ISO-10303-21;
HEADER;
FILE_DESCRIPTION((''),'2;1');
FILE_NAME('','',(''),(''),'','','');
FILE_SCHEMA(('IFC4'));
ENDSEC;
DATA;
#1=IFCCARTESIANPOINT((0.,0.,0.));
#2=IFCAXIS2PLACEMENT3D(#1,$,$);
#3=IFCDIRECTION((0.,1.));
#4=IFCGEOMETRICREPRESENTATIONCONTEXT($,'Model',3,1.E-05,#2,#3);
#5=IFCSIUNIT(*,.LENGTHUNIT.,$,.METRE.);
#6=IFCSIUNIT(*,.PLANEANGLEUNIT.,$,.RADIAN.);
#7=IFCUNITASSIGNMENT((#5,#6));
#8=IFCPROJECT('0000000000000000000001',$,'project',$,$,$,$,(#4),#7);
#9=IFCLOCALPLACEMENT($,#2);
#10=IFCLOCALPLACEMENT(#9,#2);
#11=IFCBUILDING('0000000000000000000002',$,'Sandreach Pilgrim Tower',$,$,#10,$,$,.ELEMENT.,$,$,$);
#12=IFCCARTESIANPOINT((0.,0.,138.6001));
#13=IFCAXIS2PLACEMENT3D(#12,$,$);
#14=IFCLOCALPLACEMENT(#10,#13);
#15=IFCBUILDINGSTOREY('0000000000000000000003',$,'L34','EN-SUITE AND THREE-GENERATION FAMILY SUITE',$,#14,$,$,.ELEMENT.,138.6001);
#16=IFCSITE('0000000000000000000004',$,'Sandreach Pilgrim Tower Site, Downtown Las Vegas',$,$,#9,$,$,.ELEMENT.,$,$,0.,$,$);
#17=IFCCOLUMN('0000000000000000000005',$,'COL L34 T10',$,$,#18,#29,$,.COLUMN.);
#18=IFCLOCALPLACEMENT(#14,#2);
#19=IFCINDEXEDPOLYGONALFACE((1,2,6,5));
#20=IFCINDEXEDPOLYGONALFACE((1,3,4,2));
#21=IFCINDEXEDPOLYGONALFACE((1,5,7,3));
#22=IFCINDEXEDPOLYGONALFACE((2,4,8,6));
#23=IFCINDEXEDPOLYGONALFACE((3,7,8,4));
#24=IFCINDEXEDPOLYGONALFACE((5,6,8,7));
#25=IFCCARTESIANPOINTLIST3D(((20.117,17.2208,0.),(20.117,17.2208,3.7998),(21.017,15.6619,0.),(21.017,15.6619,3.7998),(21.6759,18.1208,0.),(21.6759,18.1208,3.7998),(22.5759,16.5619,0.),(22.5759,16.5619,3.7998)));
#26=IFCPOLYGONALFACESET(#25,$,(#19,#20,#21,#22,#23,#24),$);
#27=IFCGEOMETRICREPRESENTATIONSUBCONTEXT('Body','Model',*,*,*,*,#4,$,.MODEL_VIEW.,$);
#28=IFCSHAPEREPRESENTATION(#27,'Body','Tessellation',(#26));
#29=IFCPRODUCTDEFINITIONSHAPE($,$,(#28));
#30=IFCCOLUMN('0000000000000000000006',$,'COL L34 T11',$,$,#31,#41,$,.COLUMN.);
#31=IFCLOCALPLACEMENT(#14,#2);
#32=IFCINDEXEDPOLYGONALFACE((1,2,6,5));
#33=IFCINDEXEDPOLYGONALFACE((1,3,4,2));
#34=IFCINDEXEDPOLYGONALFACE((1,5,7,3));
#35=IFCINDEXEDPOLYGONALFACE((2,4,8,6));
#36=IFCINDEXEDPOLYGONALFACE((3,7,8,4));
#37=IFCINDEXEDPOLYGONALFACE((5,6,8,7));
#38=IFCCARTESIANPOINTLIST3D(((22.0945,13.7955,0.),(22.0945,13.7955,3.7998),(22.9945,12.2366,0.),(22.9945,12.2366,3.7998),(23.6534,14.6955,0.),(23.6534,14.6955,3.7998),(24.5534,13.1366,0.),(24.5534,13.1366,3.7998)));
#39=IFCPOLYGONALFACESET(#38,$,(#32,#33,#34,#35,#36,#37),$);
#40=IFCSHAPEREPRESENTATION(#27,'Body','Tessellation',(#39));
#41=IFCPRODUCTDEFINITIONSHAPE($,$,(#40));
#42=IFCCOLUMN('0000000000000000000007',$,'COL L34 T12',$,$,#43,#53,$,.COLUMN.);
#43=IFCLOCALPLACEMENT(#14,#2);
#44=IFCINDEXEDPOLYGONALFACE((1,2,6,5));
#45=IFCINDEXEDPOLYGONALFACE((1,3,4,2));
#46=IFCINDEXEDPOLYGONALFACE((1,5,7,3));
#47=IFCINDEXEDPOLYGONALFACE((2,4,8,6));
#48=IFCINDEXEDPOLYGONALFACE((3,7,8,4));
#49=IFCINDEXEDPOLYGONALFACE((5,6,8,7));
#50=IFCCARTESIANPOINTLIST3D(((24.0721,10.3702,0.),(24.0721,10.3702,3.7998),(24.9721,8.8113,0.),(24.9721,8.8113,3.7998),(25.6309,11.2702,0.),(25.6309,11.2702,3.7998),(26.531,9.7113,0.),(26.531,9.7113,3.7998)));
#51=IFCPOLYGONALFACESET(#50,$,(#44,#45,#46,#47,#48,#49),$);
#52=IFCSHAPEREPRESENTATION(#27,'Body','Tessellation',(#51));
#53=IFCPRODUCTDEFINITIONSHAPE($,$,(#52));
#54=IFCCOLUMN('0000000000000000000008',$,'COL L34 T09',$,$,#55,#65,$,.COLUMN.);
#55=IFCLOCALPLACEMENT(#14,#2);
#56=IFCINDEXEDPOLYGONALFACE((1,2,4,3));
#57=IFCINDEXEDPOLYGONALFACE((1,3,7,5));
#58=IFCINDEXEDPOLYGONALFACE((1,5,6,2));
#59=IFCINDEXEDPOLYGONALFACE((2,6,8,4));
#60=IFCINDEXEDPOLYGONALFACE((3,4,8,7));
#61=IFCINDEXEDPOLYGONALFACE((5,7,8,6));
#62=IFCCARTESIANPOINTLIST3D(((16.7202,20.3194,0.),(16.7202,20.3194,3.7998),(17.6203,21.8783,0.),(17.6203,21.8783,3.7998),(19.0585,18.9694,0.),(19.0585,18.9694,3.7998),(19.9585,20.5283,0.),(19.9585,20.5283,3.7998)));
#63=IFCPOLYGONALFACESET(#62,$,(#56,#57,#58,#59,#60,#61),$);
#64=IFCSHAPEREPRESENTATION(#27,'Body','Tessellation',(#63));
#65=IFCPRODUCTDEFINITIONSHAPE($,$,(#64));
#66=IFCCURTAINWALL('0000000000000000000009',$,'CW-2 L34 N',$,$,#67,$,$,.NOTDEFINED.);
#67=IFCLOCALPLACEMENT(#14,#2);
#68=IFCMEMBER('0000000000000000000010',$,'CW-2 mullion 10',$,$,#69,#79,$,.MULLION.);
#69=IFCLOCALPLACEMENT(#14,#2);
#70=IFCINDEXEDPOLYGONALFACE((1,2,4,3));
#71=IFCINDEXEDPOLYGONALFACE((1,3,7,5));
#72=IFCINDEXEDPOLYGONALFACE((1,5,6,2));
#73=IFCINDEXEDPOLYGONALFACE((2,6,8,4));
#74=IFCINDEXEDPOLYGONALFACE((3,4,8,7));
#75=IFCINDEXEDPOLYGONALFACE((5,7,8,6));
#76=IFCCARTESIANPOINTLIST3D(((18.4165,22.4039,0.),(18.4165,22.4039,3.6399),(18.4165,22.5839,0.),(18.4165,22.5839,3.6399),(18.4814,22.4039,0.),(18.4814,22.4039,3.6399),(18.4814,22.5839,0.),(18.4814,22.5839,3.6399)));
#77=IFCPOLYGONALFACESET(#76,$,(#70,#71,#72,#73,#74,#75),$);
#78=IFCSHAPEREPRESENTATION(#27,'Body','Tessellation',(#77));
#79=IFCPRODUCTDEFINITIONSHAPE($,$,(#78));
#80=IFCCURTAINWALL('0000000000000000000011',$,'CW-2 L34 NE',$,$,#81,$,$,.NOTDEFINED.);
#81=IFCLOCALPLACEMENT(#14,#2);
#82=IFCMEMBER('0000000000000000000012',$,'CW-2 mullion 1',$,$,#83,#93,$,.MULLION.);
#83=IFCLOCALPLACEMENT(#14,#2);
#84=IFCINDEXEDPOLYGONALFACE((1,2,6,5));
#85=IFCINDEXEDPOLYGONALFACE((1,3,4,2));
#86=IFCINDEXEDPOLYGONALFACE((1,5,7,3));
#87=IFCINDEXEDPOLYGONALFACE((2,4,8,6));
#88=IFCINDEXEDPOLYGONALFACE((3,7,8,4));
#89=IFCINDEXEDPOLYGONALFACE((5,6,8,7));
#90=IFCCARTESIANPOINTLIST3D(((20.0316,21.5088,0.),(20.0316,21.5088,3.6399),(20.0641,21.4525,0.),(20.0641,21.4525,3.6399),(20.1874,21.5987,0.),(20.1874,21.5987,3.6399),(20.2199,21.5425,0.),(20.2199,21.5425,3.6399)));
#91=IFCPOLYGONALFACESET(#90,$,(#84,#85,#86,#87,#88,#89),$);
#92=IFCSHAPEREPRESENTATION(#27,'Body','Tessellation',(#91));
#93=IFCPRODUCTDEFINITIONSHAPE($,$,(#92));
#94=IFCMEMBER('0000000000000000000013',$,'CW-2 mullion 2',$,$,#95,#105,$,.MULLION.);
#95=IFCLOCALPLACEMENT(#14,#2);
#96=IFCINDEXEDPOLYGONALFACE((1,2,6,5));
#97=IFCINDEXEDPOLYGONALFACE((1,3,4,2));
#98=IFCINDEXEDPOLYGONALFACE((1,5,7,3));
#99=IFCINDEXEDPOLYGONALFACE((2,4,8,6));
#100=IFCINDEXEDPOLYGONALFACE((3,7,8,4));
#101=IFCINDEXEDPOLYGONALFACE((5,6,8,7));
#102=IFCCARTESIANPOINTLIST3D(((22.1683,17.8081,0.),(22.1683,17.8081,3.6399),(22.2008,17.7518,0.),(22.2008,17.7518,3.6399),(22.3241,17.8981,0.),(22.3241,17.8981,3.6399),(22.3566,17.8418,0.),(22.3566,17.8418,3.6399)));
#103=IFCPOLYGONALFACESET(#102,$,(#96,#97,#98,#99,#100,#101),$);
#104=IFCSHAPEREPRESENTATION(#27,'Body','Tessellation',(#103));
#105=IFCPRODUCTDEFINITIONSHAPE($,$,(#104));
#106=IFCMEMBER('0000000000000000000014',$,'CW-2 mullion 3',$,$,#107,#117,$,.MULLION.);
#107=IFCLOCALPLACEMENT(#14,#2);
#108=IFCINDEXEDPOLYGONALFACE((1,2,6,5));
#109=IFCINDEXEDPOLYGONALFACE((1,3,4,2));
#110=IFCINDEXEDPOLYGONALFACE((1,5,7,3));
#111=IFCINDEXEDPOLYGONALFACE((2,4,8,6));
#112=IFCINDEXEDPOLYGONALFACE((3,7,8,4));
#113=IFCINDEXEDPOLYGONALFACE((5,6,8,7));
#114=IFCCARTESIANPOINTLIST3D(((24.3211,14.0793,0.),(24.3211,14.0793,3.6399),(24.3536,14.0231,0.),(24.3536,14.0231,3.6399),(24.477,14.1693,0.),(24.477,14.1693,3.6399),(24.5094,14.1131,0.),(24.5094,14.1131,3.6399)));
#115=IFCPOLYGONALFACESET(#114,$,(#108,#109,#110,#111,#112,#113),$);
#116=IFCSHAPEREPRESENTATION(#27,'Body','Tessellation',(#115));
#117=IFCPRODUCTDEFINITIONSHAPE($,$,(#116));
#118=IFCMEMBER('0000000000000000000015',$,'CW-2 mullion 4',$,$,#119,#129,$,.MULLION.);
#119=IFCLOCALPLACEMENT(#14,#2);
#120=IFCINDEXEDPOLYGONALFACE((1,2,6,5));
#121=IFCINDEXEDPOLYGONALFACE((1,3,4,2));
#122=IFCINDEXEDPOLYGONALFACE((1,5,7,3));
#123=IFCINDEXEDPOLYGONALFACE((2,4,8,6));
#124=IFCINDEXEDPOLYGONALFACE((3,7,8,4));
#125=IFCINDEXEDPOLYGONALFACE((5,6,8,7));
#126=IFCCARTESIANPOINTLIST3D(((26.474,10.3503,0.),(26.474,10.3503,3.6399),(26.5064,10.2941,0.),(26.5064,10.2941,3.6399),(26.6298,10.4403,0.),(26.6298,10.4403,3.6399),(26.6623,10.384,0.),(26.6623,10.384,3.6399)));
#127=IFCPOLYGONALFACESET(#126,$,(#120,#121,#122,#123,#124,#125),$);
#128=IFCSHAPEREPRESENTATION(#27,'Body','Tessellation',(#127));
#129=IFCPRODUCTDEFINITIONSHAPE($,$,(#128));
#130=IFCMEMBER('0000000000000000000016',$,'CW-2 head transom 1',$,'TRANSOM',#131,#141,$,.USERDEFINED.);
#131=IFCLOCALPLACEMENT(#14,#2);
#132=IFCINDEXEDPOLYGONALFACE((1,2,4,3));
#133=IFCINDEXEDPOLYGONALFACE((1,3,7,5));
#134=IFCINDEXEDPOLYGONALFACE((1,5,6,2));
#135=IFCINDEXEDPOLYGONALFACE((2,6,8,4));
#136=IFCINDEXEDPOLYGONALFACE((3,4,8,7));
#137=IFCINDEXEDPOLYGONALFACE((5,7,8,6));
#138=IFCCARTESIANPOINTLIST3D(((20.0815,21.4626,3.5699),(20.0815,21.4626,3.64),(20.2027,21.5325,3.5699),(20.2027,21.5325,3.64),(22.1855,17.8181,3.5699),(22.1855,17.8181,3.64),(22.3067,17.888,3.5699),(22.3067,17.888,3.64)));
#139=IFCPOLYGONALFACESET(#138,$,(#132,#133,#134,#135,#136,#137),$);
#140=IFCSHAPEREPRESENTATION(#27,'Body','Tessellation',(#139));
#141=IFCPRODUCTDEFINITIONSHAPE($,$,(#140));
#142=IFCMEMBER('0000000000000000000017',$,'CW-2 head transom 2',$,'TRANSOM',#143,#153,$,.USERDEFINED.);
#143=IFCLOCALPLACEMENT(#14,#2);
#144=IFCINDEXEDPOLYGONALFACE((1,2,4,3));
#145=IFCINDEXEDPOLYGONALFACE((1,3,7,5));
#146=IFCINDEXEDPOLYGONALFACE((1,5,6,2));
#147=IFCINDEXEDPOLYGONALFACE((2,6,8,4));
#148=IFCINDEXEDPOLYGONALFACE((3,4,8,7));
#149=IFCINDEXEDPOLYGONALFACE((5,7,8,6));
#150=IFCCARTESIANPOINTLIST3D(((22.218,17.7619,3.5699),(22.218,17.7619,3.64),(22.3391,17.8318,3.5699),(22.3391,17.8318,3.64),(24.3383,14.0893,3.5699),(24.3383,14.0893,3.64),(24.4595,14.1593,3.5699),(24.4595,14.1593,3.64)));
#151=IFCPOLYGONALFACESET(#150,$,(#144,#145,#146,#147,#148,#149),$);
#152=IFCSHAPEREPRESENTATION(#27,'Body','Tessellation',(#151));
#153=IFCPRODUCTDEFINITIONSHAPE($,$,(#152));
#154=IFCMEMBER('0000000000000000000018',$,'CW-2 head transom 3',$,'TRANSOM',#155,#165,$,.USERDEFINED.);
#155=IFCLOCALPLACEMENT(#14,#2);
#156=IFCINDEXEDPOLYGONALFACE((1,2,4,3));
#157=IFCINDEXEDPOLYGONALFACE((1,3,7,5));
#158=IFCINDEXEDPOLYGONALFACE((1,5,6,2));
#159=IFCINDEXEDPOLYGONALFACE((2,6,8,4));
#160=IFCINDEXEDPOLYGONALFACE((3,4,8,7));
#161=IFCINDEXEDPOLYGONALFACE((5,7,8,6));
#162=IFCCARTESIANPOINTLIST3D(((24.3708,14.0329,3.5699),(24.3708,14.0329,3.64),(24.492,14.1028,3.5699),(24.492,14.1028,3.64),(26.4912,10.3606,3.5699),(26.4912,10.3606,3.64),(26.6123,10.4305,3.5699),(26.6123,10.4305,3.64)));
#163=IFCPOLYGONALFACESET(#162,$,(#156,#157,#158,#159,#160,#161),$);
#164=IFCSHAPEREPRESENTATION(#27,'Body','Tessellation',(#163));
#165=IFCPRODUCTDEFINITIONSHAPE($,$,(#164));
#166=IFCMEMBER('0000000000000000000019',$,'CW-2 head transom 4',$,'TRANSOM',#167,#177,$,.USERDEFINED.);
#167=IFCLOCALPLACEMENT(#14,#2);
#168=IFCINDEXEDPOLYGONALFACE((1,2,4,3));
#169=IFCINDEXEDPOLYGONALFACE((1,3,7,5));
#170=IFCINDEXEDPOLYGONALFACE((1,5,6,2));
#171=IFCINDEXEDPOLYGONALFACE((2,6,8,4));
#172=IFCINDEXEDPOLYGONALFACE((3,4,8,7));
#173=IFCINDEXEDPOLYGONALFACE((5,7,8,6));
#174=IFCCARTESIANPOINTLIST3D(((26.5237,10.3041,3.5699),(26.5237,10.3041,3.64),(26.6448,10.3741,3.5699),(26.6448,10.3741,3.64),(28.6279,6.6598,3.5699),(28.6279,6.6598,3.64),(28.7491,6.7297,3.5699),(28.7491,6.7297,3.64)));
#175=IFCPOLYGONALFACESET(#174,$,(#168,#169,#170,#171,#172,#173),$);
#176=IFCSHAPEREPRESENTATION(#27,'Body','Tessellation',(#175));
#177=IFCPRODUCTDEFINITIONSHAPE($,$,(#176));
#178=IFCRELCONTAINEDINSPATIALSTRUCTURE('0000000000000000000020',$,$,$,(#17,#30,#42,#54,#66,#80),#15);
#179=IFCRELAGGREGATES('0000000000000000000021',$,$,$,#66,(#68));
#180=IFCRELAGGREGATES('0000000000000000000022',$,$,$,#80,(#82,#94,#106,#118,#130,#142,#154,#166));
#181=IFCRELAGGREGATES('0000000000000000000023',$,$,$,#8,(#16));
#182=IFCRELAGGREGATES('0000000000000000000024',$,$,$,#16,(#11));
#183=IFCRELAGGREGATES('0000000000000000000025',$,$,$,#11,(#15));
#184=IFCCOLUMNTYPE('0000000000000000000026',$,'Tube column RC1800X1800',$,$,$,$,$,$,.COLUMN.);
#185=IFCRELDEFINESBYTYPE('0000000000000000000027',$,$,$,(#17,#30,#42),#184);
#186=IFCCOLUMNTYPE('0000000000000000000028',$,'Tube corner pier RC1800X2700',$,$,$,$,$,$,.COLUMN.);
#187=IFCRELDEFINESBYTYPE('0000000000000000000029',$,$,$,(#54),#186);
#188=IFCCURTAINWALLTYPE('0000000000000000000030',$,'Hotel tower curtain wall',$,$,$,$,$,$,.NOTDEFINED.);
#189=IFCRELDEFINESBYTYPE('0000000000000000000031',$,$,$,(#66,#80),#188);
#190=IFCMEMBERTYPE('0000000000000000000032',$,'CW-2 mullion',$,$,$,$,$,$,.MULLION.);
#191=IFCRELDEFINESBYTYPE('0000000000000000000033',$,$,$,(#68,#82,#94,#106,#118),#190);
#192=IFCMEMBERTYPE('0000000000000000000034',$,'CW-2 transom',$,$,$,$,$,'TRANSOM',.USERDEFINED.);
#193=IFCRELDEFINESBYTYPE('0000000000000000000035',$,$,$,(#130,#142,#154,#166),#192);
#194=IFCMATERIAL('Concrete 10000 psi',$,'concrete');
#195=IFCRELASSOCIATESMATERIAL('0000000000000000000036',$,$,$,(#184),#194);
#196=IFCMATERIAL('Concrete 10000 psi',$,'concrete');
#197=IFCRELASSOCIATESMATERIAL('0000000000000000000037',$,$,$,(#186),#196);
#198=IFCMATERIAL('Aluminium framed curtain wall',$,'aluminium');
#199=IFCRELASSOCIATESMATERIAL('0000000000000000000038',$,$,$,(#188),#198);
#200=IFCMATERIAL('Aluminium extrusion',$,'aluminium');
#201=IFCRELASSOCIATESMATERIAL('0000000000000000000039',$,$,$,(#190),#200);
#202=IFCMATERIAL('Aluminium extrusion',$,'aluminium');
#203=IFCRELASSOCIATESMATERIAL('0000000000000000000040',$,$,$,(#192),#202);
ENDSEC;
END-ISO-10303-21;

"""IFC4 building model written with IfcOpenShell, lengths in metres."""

from ifc_helpers import new_model, si_unit, direction, frame, origin, origin_2d, place, context, subcontext, project, spatial, rectangle, extrude, material, material_profile, profile_set, type_object, element, aggregate, save


model = new_model("IFC4")

# Units and contexts
model_context = context("Model", 3, precision=1e-05, world=origin(), true_north=direction((0.0, 1.0)))
body_context = subcontext(model_context, "Body", "Model", "MODEL_VIEW")
ifc_project = project(units=[si_unit("LENGTHUNIT", "METRE"), si_unit("PLANEANGLEUNIT", "RADIAN")], contexts=[model_context])

# Site, building, storey
site_placement = place(None, origin())
site = spatial("IfcSite", under=ifc_project, at=site_placement, Name="Sandreach Pilgrim Tower Site, Downtown Las Vegas", CompositionType="ELEMENT", RefElevation=0.0)
building_placement = place(site_placement, origin())
building = spatial("IfcBuilding", under=site, at=building_placement, Name="Sandreach Pilgrim Tower", CompositionType="ELEMENT")
storey_placement = place(building_placement, frame((0.0, 0.0, 138.6001)))
storey = spatial("IfcBuildingStorey", under=building, at=storey_placement, Name="L34", Description="EN-SUITE AND THREE-GENERATION FAMILY SUITE", CompositionType="ELEMENT", Elevation=138.6001)

# Columns
ifc_material_1 = material(Name="Concrete 10000 psi", Category="concrete")
ifc_material_profile_1 = material_profile(ifc_material_1, rectangle(XDim=1.8, YDim=1.8, at=origin_2d()), Name="RC1800X1800")
ifc_profile_set_1 = profile_set([ifc_material_profile_1], Name="Concrete 10000 psi")
column_type_1 = type_object("IfcColumnType", Name="Tube column RC1800X1800", PredefinedType="COLUMN", material=ifc_profile_set_1)
for number, where, z_axis, x_axis, name in (
    (1, (21.3464, 16.8914, 0.0), (0.0, 0.0, 1.0), (0.866025, 0.5, 0.0), "COL L34 T10"),
    (2, (23.324, 13.4661, 0.0), (0.0, 0.0, 1.0), (0.866025, 0.5, 0.0), "COL L34 T11"),
    (3, (25.3015, 10.0408, 0.0), (0.0, 0.0, 1.0), (0.866025, 0.5, 0.0), "COL L34 T12"),
):
    element("IfcColumn", number, at=place(storey_placement, frame(where, z_axis=z_axis, x_axis=x_axis)), inside=storey, type_object=column_type_1, Name=name, PredefinedType="COLUMN", context=body_context, shape_type="SweptSolid", body=[
        extrude(rectangle(XDim=1.8, YDim=1.8, at=origin_2d()), origin(), (0.0, 0.0, 1.0), 3.7998),
    ])
ifc_material_2 = material(Name="Concrete 10000 psi", Category="concrete")
ifc_material_profile_2 = material_profile(ifc_material_2, rectangle(XDim=1.8, YDim=2.7, at=origin_2d()), Name="RC1800X2700")
ifc_profile_set_2 = profile_set([ifc_material_profile_2], Name="Concrete 10000 psi")
column_type_2 = type_object("IfcColumnType", Name="Tube corner pier RC1800X2700", PredefinedType="COLUMN", material=ifc_profile_set_2)
column_placement = place(storey_placement, frame((18.3394, 20.4238, 0.0), z_axis=(0.0, 0.0, 1.0), x_axis=(0.5, 0.866025, 0.0)))
element("IfcColumn", 4, at=column_placement, inside=storey, type_object=column_type_2, Name="COL L34 T09", PredefinedType="COLUMN", context=body_context, shape_type="SweptSolid", body=[
    extrude(rectangle(XDim=1.8, YDim=2.7, at=origin_2d()), origin(), (0.0, 0.0, 1.0), 3.7998),
])

# Curtain wall, member
ifc_material_3 = material(Name="Aluminium framed curtain wall", Category="aluminium")
curtain_wall_type = type_object("IfcCurtainWallType", Name="Hotel tower curtain wall", PredefinedType="NOTDEFINED", material=ifc_material_3)
curtain_wall_1_placement = place(storey_placement, origin())
curtain_wall_1 = element("IfcCurtainWall", 5, at=curtain_wall_1_placement, inside=storey, type_object=curtain_wall_type, Name="CW-2 L34 N", PredefinedType="NOTDEFINED")
ifc_material_4 = material(Name="Aluminium extrusion", Category="aluminium")
ifc_material_profile_3 = material_profile(ifc_material_4, rectangle(XDim=0.0649, YDim=0.1799, at=origin_2d()), Name="CW-2M 65X180")
ifc_profile_set_3 = profile_set([ifc_material_profile_3], Name="Aluminium extrusion")
member_type_1 = type_object("IfcMemberType", Name="CW-2 mullion", PredefinedType="MULLION", material=ifc_profile_set_3)
member_1_placement = place(storey_placement, frame((18.449, 22.4939, 0.0), z_axis=(0.0, 0.0, 1.0), x_axis=(1.0, 0.0, 0.0)))
member_1 = element("IfcMember", 6, at=member_1_placement, type_object=member_type_1, Name="CW-2 mullion 10", PredefinedType="MULLION", context=body_context, shape_type="SweptSolid", body=[
    extrude(rectangle(XDim=0.0649, YDim=0.1799, at=origin_2d()), origin(), (0.0, 0.0, 1.0), 3.6399),
])
aggregate(curtain_wall_1, [member_1])

# Curtain wall, members
curtain_wall_2_placement = place(storey_placement, origin())
curtain_wall_2 = element("IfcCurtainWall", 7, at=curtain_wall_2_placement, inside=storey, type_object=curtain_wall_type, Name="CW-2 L34 NE", PredefinedType="NOTDEFINED")
member_2_placement = place(storey_placement, frame((20.1257, 21.5256, 0.0), z_axis=(0.0, 0.0, 1.0), x_axis=(0.5, -0.866025, 0.0)))
member_2 = element("IfcMember", 8, at=member_2_placement, type_object=member_type_1, Name="CW-2 mullion 1", PredefinedType="MULLION", context=body_context, shape_type="SweptSolid", body=[
    extrude(rectangle(XDim=0.0649, YDim=0.1799, at=origin_2d()), origin(), (0.0, 0.0, 1.0), 3.6399),
])
member_3_placement = place(storey_placement, frame((22.2625, 17.825, 0.0), z_axis=(0.0, 0.0, 1.0), x_axis=(0.5, -0.866025, 0.0)))
member_3 = element("IfcMember", 9, at=member_3_placement, type_object=member_type_1, Name="CW-2 mullion 2", PredefinedType="MULLION", context=body_context, shape_type="SweptSolid", body=[
    extrude(rectangle(XDim=0.0649, YDim=0.1799, at=origin_2d()), origin(), (0.0, 0.0, 1.0), 3.6399),
])
member_4_placement = place(storey_placement, frame((24.4153, 14.0962, 0.0), z_axis=(0.0, 0.0, 1.0), x_axis=(0.5, -0.866025, 0.0)))
member_4 = element("IfcMember", 10, at=member_4_placement, type_object=member_type_1, Name="CW-2 mullion 3", PredefinedType="MULLION", context=body_context, shape_type="SweptSolid", body=[
    extrude(rectangle(XDim=0.0649, YDim=0.1799, at=origin_2d()), origin(), (0.0, 0.0, 1.0), 3.6399),
])
member_5_placement = place(storey_placement, frame((26.5681, 10.3672, 0.0), z_axis=(0.0, 0.0, 1.0), x_axis=(0.5, -0.866025, 0.0)))
member_5 = element("IfcMember", 11, at=member_5_placement, type_object=member_type_1, Name="CW-2 mullion 4", PredefinedType="MULLION", context=body_context, shape_type="SweptSolid", body=[
    extrude(rectangle(XDim=0.0649, YDim=0.1799, at=origin_2d()), origin(), (0.0, 0.0, 1.0), 3.6399),
])
ifc_material_5 = material(Name="Aluminium extrusion", Category="aluminium")
ifc_material_profile_4 = material_profile(ifc_material_5, rectangle(XDim=0.1399, YDim=0.0701, at=origin_2d()), Name="CW-2T 140X70")
ifc_profile_set_4 = profile_set([ifc_material_profile_4], Name="Aluminium extrusion")
member_type_2 = type_object("IfcMemberType", Name="CW-2 transom", ElementType="TRANSOM", PredefinedType="USERDEFINED", material=ifc_profile_set_4)
member_6_placement = place(storey_placement, frame((20.1421, 21.4976, 3.605), z_axis=(0.49997, -0.866043, 0.0), x_axis=(0.866043, 0.49997, 0.0)))
member_6 = element("IfcMember", 12, at=member_6_placement, type_object=member_type_2, Name="CW-2 head transom 1", ObjectType="TRANSOM", PredefinedType="USERDEFINED", context=body_context, shape_type="SweptSolid", body=[
    extrude(rectangle(XDim=0.1399, YDim=0.0701, at=origin_2d()), origin(), (0.0, 0.0, 1.0), 4.2083),
])
member_7_placement = place(storey_placement, frame((22.2786, 17.7969, 3.605), z_axis=(0.499997, -0.866027, 0.0), x_axis=(0.866027, 0.499997, 0.0)))
member_7 = element("IfcMember", 13, at=member_7_placement, type_object=member_type_2, Name="CW-2 head transom 2", ObjectType="TRANSOM", PredefinedType="USERDEFINED", context=body_context, shape_type="SweptSolid", body=[
    extrude(rectangle(XDim=0.1399, YDim=0.0701, at=origin_2d()), origin(), (0.0, 0.0, 1.0), 4.2407),
])
member_8_placement = place(storey_placement, frame((24.4314, 14.0679, 3.605), z_axis=(0.500021, -0.866013, 0.0), x_axis=(0.866013, 0.500021, 0.0)))
member_8 = element("IfcMember", 14, at=member_8_placement, type_object=member_type_2, Name="CW-2 head transom 3", ObjectType="TRANSOM", PredefinedType="USERDEFINED", context=body_context, shape_type="SweptSolid", body=[
    extrude(rectangle(XDim=0.1399, YDim=0.0701, at=origin_2d()), origin(), (0.0, 0.0, 1.0), 4.2405),
])
member_9_placement = place(storey_placement, frame((26.5842, 10.3391, 3.605), z_axis=(0.500039, -0.866003, 0.0), x_axis=(0.866003, 0.500039, 0.0)))
member_9 = element("IfcMember", 15, at=member_9_placement, type_object=member_type_2, Name="CW-2 head transom 4", ObjectType="TRANSOM", PredefinedType="USERDEFINED", context=body_context, shape_type="SweptSolid", body=[
    extrude(rectangle(XDim=0.1399, YDim=0.0701, at=origin_2d()), origin(), (0.0, 0.0, 1.0), 4.2083),
])

aggregate(curtain_wall_2, [member_2, member_3, member_4, member_5, member_6, member_7, member_8, member_9])

save(model, "model.ifc")
